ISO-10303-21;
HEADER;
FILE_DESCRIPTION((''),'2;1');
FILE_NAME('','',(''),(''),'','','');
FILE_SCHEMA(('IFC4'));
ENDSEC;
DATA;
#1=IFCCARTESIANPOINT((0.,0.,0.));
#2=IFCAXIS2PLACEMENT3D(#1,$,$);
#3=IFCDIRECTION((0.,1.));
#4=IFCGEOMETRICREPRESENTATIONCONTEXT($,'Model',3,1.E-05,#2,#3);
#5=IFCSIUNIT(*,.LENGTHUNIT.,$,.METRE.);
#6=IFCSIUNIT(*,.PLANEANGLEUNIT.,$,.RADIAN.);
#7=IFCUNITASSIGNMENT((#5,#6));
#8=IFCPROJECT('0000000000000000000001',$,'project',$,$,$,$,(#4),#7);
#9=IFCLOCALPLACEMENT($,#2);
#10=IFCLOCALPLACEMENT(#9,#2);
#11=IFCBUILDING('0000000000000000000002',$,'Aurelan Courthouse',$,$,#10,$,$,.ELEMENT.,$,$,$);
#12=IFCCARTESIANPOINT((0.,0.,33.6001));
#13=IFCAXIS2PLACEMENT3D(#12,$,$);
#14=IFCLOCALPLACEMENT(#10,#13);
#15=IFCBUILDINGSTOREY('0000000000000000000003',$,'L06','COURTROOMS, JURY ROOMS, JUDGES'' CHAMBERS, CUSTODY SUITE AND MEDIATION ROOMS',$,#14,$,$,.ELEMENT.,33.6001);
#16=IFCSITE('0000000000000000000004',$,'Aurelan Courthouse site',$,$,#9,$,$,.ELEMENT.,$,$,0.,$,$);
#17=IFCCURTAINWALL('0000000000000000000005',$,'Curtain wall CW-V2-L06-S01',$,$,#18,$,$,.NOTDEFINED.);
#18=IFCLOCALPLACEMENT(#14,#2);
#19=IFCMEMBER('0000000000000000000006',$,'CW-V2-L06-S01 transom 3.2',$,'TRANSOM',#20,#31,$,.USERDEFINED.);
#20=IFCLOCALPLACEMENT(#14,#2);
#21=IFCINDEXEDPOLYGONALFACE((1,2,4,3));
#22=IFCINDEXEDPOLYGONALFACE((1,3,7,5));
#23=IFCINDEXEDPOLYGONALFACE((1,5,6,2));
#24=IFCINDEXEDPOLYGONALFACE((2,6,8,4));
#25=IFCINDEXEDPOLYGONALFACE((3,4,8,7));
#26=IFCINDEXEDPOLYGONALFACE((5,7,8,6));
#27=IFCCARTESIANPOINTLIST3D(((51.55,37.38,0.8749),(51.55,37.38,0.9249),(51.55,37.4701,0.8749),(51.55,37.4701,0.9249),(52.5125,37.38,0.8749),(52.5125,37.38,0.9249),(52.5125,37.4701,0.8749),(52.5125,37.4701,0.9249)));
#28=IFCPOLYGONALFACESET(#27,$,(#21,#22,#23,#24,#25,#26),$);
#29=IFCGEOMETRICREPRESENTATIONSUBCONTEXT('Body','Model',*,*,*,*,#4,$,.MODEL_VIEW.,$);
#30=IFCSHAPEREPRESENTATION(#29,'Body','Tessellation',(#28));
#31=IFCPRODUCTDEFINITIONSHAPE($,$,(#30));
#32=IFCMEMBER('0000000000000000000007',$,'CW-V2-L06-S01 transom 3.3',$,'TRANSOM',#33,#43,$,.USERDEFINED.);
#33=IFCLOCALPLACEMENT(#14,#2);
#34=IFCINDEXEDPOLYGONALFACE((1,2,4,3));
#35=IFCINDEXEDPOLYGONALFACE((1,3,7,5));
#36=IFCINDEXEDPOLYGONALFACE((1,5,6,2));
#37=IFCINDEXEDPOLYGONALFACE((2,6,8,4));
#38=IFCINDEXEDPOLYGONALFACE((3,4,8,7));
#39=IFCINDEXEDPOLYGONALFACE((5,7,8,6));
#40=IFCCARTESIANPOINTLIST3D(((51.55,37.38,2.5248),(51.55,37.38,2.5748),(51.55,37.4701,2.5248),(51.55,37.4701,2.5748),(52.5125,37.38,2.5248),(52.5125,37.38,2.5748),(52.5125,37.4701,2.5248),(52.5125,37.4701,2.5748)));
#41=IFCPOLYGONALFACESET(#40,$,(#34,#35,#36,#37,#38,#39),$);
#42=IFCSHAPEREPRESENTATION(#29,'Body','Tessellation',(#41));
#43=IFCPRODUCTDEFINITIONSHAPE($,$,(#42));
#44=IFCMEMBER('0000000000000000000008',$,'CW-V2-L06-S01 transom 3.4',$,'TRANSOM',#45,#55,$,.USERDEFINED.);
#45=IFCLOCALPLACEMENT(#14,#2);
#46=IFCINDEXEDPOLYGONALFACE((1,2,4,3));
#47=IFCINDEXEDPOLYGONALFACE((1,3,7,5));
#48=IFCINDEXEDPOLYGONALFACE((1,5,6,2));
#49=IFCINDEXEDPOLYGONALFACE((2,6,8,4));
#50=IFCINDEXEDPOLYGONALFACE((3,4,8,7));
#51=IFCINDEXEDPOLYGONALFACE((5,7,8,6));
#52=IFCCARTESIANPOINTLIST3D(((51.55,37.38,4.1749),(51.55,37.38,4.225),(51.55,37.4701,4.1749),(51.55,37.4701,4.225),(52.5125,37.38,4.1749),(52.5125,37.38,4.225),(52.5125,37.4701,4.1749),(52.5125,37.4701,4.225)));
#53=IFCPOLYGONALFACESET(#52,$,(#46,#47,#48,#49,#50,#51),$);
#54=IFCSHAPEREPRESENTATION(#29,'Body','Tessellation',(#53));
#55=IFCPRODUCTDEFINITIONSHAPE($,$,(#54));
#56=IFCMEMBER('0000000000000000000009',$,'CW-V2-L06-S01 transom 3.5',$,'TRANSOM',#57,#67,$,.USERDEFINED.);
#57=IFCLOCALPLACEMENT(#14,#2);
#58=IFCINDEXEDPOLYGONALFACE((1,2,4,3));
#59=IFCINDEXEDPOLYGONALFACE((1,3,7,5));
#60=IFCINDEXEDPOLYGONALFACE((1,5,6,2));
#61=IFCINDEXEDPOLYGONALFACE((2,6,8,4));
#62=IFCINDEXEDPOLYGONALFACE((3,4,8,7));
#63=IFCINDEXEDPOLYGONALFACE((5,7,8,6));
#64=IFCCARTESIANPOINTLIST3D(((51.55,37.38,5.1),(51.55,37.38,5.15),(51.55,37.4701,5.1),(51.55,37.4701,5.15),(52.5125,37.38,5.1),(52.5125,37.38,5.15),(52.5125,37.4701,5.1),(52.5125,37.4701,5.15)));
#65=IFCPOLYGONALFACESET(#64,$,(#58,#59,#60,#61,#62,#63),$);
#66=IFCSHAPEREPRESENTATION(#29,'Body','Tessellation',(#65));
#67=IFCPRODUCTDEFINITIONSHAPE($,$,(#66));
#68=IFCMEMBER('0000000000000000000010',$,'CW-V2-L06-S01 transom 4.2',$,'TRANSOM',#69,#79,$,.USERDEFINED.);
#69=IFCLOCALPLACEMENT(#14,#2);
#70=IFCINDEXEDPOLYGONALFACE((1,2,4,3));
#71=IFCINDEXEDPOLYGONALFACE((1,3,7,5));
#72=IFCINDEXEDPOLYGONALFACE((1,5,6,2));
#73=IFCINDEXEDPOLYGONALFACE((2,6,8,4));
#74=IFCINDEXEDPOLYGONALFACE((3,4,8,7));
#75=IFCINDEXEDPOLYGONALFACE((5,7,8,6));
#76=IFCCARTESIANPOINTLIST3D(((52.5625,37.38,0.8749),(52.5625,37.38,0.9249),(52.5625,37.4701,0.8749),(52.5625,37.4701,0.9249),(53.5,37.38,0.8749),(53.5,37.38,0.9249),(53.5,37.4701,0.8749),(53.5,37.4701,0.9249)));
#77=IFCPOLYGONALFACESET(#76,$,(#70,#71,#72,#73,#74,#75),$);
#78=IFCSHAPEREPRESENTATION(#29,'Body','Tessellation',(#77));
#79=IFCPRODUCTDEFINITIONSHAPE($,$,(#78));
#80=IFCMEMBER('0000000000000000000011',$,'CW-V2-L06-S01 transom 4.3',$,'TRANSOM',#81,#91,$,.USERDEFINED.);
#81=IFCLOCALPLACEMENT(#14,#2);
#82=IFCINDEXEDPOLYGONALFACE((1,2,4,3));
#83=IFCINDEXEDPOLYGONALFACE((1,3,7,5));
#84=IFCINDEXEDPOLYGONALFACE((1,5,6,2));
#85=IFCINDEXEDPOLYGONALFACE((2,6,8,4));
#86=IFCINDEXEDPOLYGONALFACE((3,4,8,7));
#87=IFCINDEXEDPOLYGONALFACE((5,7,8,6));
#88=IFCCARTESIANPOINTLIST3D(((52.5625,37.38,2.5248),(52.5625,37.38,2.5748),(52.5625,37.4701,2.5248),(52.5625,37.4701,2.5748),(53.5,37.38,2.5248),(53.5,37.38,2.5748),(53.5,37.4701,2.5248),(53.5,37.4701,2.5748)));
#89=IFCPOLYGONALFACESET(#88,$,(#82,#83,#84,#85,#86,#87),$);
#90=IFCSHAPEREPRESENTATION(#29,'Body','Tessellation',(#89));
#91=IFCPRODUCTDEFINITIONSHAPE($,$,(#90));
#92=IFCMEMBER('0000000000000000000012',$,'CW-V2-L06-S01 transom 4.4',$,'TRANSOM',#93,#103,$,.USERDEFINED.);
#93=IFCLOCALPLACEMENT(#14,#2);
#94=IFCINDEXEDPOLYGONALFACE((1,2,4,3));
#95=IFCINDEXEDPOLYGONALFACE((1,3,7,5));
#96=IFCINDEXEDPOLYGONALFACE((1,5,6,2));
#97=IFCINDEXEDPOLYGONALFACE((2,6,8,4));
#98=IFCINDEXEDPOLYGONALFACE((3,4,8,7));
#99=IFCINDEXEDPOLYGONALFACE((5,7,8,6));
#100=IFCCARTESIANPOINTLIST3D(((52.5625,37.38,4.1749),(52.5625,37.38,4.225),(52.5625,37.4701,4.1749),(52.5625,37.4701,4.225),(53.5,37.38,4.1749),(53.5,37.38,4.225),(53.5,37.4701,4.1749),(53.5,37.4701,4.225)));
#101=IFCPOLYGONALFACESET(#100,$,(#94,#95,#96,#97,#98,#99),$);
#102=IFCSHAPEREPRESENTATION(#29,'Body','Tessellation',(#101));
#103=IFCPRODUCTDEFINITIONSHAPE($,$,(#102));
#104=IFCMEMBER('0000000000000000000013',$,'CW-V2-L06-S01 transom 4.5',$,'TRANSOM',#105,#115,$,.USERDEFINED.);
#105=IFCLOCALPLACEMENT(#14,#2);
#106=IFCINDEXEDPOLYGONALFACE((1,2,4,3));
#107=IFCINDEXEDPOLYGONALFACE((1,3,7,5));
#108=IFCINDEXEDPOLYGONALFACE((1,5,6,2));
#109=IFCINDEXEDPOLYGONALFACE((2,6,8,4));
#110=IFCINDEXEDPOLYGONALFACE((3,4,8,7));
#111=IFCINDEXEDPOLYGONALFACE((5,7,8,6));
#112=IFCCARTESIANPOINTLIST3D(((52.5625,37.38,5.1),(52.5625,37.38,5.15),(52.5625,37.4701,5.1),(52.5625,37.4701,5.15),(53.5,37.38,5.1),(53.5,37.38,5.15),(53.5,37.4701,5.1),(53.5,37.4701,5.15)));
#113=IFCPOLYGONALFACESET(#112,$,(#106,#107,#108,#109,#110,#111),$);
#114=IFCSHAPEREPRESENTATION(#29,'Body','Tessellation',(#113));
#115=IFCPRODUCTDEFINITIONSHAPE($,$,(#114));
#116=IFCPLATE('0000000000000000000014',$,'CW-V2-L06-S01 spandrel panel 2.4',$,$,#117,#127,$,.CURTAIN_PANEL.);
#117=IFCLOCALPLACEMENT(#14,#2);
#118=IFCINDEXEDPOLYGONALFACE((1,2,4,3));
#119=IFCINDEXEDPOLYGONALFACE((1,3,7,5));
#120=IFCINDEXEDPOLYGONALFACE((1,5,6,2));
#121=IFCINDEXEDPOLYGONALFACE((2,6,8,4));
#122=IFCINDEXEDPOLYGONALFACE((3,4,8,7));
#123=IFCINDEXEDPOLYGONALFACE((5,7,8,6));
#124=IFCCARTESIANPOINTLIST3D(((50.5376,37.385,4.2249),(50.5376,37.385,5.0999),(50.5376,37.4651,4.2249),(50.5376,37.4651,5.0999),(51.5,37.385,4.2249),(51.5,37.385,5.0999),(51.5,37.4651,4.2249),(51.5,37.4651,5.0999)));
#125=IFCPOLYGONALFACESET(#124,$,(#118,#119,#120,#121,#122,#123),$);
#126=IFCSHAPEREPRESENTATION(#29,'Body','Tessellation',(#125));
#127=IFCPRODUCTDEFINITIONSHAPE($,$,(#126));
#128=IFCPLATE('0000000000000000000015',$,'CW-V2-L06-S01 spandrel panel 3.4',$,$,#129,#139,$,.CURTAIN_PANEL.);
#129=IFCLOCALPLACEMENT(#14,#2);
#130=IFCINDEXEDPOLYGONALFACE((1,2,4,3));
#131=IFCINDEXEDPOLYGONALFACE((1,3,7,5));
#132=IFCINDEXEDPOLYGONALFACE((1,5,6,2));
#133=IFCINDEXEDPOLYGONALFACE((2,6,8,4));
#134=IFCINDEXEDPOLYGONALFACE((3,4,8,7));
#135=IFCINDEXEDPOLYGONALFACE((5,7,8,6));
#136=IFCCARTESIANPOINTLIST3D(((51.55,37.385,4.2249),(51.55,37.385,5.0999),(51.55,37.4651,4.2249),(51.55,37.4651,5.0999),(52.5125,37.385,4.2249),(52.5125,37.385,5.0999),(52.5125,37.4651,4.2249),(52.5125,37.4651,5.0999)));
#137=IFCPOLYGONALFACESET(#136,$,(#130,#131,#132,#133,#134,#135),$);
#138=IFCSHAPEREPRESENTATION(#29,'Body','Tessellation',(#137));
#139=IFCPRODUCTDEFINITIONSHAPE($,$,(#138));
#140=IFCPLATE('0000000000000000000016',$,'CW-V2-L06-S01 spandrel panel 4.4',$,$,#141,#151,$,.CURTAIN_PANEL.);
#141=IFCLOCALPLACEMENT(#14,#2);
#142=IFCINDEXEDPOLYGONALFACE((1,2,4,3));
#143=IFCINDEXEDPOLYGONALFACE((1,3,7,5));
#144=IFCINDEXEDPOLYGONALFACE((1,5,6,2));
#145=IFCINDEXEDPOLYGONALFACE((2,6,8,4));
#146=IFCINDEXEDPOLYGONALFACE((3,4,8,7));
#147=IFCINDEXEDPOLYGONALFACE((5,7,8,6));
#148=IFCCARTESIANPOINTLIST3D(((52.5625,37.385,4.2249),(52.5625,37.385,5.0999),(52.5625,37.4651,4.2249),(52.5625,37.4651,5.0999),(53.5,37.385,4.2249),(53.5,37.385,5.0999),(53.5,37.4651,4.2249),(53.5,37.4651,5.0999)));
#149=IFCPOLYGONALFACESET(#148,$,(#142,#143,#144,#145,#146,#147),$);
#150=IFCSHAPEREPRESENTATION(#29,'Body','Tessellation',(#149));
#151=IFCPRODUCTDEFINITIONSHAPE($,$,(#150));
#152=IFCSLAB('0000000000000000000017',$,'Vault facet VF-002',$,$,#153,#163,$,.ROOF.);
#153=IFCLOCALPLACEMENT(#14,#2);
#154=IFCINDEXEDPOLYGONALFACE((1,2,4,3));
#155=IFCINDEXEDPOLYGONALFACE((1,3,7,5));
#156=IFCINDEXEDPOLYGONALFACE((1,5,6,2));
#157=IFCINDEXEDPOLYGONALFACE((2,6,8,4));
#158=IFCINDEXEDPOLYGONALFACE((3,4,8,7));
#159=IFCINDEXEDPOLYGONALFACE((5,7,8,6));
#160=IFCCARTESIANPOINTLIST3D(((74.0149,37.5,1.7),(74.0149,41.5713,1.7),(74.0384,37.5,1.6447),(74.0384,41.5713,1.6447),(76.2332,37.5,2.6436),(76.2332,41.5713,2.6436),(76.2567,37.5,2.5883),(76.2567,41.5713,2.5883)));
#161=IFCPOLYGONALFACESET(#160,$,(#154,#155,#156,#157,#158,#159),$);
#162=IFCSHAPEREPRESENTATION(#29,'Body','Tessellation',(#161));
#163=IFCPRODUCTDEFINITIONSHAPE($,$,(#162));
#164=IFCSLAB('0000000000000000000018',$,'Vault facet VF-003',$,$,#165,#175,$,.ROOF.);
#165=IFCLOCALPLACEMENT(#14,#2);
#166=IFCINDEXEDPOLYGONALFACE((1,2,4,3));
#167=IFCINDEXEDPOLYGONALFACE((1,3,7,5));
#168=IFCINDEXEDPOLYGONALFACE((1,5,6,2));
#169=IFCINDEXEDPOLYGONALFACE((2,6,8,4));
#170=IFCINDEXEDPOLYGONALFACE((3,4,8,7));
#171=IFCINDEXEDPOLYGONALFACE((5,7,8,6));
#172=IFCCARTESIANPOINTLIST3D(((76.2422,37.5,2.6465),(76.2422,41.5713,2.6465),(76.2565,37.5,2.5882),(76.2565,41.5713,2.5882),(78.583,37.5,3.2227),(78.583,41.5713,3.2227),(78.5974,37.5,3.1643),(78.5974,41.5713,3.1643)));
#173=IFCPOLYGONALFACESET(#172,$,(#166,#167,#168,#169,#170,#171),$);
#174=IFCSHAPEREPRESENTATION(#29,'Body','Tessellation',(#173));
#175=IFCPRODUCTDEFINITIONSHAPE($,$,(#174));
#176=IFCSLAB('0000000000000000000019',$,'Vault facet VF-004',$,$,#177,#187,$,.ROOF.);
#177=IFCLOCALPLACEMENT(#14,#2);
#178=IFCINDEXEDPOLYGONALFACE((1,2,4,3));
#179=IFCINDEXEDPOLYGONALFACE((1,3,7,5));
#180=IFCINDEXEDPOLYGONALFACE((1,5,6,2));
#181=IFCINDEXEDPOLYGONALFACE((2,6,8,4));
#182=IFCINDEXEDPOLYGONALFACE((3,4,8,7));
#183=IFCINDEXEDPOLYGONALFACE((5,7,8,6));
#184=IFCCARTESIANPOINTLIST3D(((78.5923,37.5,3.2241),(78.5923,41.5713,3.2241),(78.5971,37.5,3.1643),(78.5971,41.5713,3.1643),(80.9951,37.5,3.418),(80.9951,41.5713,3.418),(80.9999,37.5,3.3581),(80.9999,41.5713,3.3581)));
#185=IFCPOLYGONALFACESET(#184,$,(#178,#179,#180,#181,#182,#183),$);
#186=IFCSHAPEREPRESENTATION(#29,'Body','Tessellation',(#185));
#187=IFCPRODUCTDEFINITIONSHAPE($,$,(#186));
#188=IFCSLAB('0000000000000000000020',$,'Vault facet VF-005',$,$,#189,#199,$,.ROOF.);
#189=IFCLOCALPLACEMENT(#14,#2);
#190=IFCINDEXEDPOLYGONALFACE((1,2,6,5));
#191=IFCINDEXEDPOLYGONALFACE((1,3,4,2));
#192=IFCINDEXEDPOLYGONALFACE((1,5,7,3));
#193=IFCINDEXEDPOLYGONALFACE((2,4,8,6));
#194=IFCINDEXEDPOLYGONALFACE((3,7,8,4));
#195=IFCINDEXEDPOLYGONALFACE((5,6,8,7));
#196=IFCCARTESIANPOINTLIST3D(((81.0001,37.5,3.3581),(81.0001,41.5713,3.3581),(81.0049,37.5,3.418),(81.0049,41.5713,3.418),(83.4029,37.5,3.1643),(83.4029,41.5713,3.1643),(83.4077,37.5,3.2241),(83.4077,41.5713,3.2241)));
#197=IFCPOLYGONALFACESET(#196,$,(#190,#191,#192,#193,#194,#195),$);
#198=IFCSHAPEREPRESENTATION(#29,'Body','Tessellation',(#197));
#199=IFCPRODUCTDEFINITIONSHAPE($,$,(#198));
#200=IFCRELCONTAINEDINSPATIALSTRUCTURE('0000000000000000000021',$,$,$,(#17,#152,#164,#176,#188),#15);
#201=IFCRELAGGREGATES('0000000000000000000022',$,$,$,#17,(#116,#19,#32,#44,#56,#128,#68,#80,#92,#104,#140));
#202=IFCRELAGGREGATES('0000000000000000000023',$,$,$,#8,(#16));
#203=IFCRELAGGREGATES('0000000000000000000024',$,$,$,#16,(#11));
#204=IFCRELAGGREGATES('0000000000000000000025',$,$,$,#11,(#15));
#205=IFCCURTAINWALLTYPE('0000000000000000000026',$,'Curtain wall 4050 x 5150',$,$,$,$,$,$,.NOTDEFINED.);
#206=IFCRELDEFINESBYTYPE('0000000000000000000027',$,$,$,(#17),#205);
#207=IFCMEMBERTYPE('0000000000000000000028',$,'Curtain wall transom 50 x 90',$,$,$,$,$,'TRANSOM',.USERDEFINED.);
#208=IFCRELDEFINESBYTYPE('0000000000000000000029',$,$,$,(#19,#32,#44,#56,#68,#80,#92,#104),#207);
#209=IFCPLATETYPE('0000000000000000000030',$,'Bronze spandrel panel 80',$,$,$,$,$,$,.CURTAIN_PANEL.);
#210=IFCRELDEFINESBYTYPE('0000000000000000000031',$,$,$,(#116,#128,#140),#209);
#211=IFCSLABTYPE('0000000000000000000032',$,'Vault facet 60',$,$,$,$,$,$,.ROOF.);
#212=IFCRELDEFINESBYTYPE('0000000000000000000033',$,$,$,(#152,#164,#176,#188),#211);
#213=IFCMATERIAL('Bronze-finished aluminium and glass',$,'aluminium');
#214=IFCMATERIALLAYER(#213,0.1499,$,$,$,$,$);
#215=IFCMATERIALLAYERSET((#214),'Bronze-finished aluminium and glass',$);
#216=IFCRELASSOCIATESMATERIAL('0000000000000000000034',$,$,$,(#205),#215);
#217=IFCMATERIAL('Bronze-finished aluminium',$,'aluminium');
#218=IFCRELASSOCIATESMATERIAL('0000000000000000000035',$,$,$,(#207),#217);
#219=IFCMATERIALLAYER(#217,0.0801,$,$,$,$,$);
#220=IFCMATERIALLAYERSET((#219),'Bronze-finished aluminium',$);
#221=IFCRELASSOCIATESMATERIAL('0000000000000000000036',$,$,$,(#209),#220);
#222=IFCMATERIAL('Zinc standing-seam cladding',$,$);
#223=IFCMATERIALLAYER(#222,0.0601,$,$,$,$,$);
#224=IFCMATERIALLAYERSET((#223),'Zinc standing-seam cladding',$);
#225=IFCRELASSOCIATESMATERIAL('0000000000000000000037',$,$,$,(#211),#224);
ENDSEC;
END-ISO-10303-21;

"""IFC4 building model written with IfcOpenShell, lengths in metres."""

from ifc_helpers import new_model, si_unit, direction, frame, origin, origin_2d, place, context, subcontext, project, spatial, polyline, rectangle, outline, extrude, material, layer, layer_set, material_profile, profile_set, type_object, element, aggregate, save


model = new_model("IFC4")

# Units and contexts
model_context = context("Model", 3, precision=1e-05, world=origin(), true_north=direction((0.0, 1.0)))
body_context = subcontext(model_context, "Body", "Model", "MODEL_VIEW")
ifc_project = project(units=[si_unit("LENGTHUNIT", "METRE"), si_unit("PLANEANGLEUNIT", "RADIAN")], contexts=[model_context])

# Site, building, storey
site_placement = place(None, origin())
site = spatial("IfcSite", under=ifc_project, at=site_placement, Name="Aurelan Courthouse site", CompositionType="ELEMENT", RefElevation=0.0)
building_placement = place(site_placement, origin())
building = spatial("IfcBuilding", under=site, at=building_placement, Name="Aurelan Courthouse", CompositionType="ELEMENT")
storey_placement = place(building_placement, frame((0.0, 0.0, 33.6001)))
storey = spatial("IfcBuildingStorey", under=building, at=storey_placement, Name="L06", Description="COURTROOMS, JURY ROOMS, JUDGES' CHAMBERS, CUSTODY SUITE AND MEDIATION ROOMS", CompositionType="ELEMENT", Elevation=33.6001)

# Curtain wall, members, plates
ifc_material_1 = material(Name="Bronze-finished aluminium and glass", Category="aluminium")
ifc_layer_1 = layer(ifc_material_1, 0.1499)
ifc_layer_set_1 = layer_set([ifc_layer_1], Name="Bronze-finished aluminium and glass")
curtain_wall_type = type_object("IfcCurtainWallType", Name="Curtain wall 4050 x 5150", PredefinedType="NOTDEFINED", material=ifc_layer_set_1)
curtain_wall_placement = place(storey_placement, origin())
curtain_wall = element("IfcCurtainWall", 1, at=curtain_wall_placement, inside=storey, type_object=curtain_wall_type, Name="Curtain wall CW-V2-L06-S01", PredefinedType="NOTDEFINED")
ifc_material_2 = material(Name="Bronze-finished aluminium", Category="aluminium")
ifc_material_profile = material_profile(ifc_material_2, rectangle(XDim=0.0901, YDim=0.05, at=origin_2d()), Name="Bronze transom 50 x 90")
ifc_profile_set = profile_set([ifc_material_profile], Name="Bronze-finished aluminium")
member_type = type_object("IfcMemberType", Name="Curtain wall transom 50 x 90", ElementType="TRANSOM", PredefinedType="USERDEFINED", material=ifc_profile_set)
member_1_placement = place(storey_placement, frame((51.55, 37.425, 0.8999), z_axis=(1.0, 0.0, 0.0), x_axis=(0.0, 1.0, 0.0)))
member_1 = element("IfcMember", 2, at=member_1_placement, type_object=member_type, Name="CW-V2-L06-S01 transom 3.2", ObjectType="TRANSOM", PredefinedType="USERDEFINED", context=body_context, shape_type="SweptSolid", body=[
    extrude(rectangle(XDim=0.0901, YDim=0.05, at=origin_2d()), origin(), (0.0, 0.0, 1.0), 0.9624),
])
member_2_placement = place(storey_placement, frame((51.55, 37.425, 2.5498), z_axis=(1.0, 0.0, 0.0), x_axis=(0.0, 1.0, 0.0)))
member_2 = element("IfcMember", 3, at=member_2_placement, type_object=member_type, Name="CW-V2-L06-S01 transom 3.3", ObjectType="TRANSOM", PredefinedType="USERDEFINED", context=body_context, shape_type="SweptSolid", body=[
    extrude(rectangle(XDim=0.0901, YDim=0.05, at=origin_2d()), origin(), (0.0, 0.0, 1.0), 0.9624),
])
member_3_placement = place(storey_placement, frame((51.55, 37.425, 4.2), z_axis=(1.0, 0.0, 0.0), x_axis=(0.0, 1.0, 0.0)))
member_3 = element("IfcMember", 4, at=member_3_placement, type_object=member_type, Name="CW-V2-L06-S01 transom 3.4", ObjectType="TRANSOM", PredefinedType="USERDEFINED", context=body_context, shape_type="SweptSolid", body=[
    extrude(rectangle(XDim=0.0901, YDim=0.05, at=origin_2d()), origin(), (0.0, 0.0, 1.0), 0.9624),
])
member_4_placement = place(storey_placement, frame((51.55, 37.425, 5.125), z_axis=(1.0, 0.0, 0.0), x_axis=(0.0, 1.0, 0.0)))
member_4 = element("IfcMember", 5, at=member_4_placement, type_object=member_type, Name="CW-V2-L06-S01 transom 3.5", ObjectType="TRANSOM", PredefinedType="USERDEFINED", context=body_context, shape_type="SweptSolid", body=[
    extrude(rectangle(XDim=0.0901, YDim=0.05, at=origin_2d()), origin(), (0.0, 0.0, 1.0), 0.9624),
])
member_5_placement = place(storey_placement, frame((52.5625, 37.425, 0.8999), z_axis=(1.0, 0.0, 0.0), x_axis=(0.0, 1.0, 0.0)))
member_5 = element("IfcMember", 6, at=member_5_placement, type_object=member_type, Name="CW-V2-L06-S01 transom 4.2", ObjectType="TRANSOM", PredefinedType="USERDEFINED", context=body_context, shape_type="SweptSolid", body=[
    extrude(rectangle(XDim=0.0901, YDim=0.05, at=origin_2d()), origin(), (0.0, 0.0, 1.0), 0.9375),
])
member_6_placement = place(storey_placement, frame((52.5625, 37.425, 2.5498), z_axis=(1.0, 0.0, 0.0), x_axis=(0.0, 1.0, 0.0)))
member_6 = element("IfcMember", 7, at=member_6_placement, type_object=member_type, Name="CW-V2-L06-S01 transom 4.3", ObjectType="TRANSOM", PredefinedType="USERDEFINED", context=body_context, shape_type="SweptSolid", body=[
    extrude(rectangle(XDim=0.0901, YDim=0.05, at=origin_2d()), origin(), (0.0, 0.0, 1.0), 0.9375),
])
member_7_placement = place(storey_placement, frame((52.5625, 37.425, 4.2), z_axis=(1.0, 0.0, 0.0), x_axis=(0.0, 1.0, 0.0)))
member_7 = element("IfcMember", 8, at=member_7_placement, type_object=member_type, Name="CW-V2-L06-S01 transom 4.4", ObjectType="TRANSOM", PredefinedType="USERDEFINED", context=body_context, shape_type="SweptSolid", body=[
    extrude(rectangle(XDim=0.0901, YDim=0.05, at=origin_2d()), origin(), (0.0, 0.0, 1.0), 0.9375),
])
member_8_placement = place(storey_placement, frame((52.5625, 37.425, 5.125), z_axis=(1.0, 0.0, 0.0), x_axis=(0.0, 1.0, 0.0)))
member_8 = element("IfcMember", 9, at=member_8_placement, type_object=member_type, Name="CW-V2-L06-S01 transom 4.5", ObjectType="TRANSOM", PredefinedType="USERDEFINED", context=body_context, shape_type="SweptSolid", body=[
    extrude(rectangle(XDim=0.0901, YDim=0.05, at=origin_2d()), origin(), (0.0, 0.0, 1.0), 0.9375),
])
ifc_layer_2 = layer(ifc_material_2, 0.0801)
ifc_layer_set_2 = layer_set([ifc_layer_2], Name="Bronze-finished aluminium")
plate_type_1 = type_object("IfcPlateType", Name="Bronze spandrel panel 80", PredefinedType="CURTAIN_PANEL", material=ifc_layer_set_2)
plate_1_placement = place(storey_placement, frame((51.0188, 37.425, 4.2249), z_axis=(0.0, 0.0, 1.0), x_axis=(1.0, 0.0, 0.0)))
plate_1 = element("IfcPlate", 10, at=plate_1_placement, type_object=plate_type_1, Name="CW-V2-L06-S01 spandrel panel 2.4", PredefinedType="CURTAIN_PANEL", context=body_context, shape_type="SweptSolid", body=[
    extrude(rectangle(XDim=0.9624, YDim=0.0801, at=origin_2d()), origin(), (0.0, 0.0, 1.0), 0.875),
])
plate_2_placement = place(storey_placement, frame((52.0312, 37.425, 4.2249), z_axis=(0.0, 0.0, 1.0), x_axis=(1.0, 0.0, 0.0)))
plate_2 = element("IfcPlate", 11, at=plate_2_placement, type_object=plate_type_1, Name="CW-V2-L06-S01 spandrel panel 3.4", PredefinedType="CURTAIN_PANEL", context=body_context, shape_type="SweptSolid", body=[
    extrude(rectangle(XDim=0.9624, YDim=0.0801, at=origin_2d()), origin(), (0.0, 0.0, 1.0), 0.875),
])
plate_3_placement = place(storey_placement, frame((53.0312, 37.425, 4.2249), z_axis=(0.0, 0.0, 1.0), x_axis=(1.0, 0.0, 0.0)))
plate_3 = element("IfcPlate", 12, at=plate_3_placement, type_object=plate_type_1, Name="CW-V2-L06-S01 spandrel panel 4.4", PredefinedType="CURTAIN_PANEL", context=body_context, shape_type="SweptSolid", body=[
    extrude(rectangle(XDim=0.9375, YDim=0.0801, at=origin_2d()), origin(), (0.0, 0.0, 1.0), 0.875),
])

# Slabs
ifc_material_3 = material(Name="Zinc standing-seam cladding")
ifc_layer_3 = layer(ifc_material_3, 0.0601)
ifc_layer_set_3 = layer_set([ifc_layer_3], Name="Zinc standing-seam cladding")
slab_type = type_object("IfcSlabType", Name="Vault facet 60", PredefinedType="ROOF", material=ifc_layer_set_3)
slab_1_placement = place(storey_placement, frame((74.0149, 37.5, 1.7), z_axis=(-0.391437, 0.0, 0.920205), x_axis=(0.920205, 0.0, 0.391437)))
element("IfcSlab", 13, at=slab_1_placement, inside=storey, type_object=slab_type, Name="Vault facet VF-002", PredefinedType="ROOF", context=body_context, shape_type="SweptSolid", body=[
    extrude(outline(polyline([(0.0, 0.0), (2.4106, 0.0), (2.4106, 4.0713), (0.0, 4.0713), (0.0, 0.0)])), origin(), (0.0, 0.0, -1.0), 0.0601),
])
slab_2_placement = place(storey_placement, frame((76.2422, 37.5, 2.6465), z_axis=(-0.239007, 0.0, 0.971018), x_axis=(0.971018, 0.0, 0.239007)))
element("IfcSlab", 14, at=slab_2_placement, inside=storey, type_object=slab_type, Name="Vault facet VF-003", PredefinedType="ROOF", context=body_context, shape_type="SweptSolid", body=[
    extrude(outline(polyline([(0.0, 0.0), (2.4107, 0.0), (2.4107, 4.0713), (0.0, 4.0713), (0.0, 0.0)])), origin(), (0.0, 0.0, -1.0), 0.0601),
])
for number, where, z_axis, x_axis, name in (
    (15, (78.5923, 37.5, 3.2241), (-0.080413, 0.0, 0.996762), (0.996762, 0.0, 0.080413), "Vault facet VF-004"),
    (16, (81.0049, 37.5, 3.418), (0.080413, 0.0, 0.996762), (0.996762, 0.0, -0.080413), "Vault facet VF-005"),
):
    element("IfcSlab", number, at=place(storey_placement, frame(where, z_axis=z_axis, x_axis=x_axis)), inside=storey, type_object=slab_type, Name=name, PredefinedType="ROOF", context=body_context, shape_type="SweptSolid", body=[
        extrude(outline(polyline([(0.0, 0.0), (2.4106, 0.0), (2.4106, 4.0713), (0.0, 4.0713), (0.0, 0.0)])), origin(), (0.0, 0.0, -1.0), 0.0601),
    ])

aggregate(curtain_wall, [plate_1, member_1, member_2, member_3, member_4, plate_2, member_5, member_6, member_7, member_8, plate_3])

save(model, "model.ifc")
